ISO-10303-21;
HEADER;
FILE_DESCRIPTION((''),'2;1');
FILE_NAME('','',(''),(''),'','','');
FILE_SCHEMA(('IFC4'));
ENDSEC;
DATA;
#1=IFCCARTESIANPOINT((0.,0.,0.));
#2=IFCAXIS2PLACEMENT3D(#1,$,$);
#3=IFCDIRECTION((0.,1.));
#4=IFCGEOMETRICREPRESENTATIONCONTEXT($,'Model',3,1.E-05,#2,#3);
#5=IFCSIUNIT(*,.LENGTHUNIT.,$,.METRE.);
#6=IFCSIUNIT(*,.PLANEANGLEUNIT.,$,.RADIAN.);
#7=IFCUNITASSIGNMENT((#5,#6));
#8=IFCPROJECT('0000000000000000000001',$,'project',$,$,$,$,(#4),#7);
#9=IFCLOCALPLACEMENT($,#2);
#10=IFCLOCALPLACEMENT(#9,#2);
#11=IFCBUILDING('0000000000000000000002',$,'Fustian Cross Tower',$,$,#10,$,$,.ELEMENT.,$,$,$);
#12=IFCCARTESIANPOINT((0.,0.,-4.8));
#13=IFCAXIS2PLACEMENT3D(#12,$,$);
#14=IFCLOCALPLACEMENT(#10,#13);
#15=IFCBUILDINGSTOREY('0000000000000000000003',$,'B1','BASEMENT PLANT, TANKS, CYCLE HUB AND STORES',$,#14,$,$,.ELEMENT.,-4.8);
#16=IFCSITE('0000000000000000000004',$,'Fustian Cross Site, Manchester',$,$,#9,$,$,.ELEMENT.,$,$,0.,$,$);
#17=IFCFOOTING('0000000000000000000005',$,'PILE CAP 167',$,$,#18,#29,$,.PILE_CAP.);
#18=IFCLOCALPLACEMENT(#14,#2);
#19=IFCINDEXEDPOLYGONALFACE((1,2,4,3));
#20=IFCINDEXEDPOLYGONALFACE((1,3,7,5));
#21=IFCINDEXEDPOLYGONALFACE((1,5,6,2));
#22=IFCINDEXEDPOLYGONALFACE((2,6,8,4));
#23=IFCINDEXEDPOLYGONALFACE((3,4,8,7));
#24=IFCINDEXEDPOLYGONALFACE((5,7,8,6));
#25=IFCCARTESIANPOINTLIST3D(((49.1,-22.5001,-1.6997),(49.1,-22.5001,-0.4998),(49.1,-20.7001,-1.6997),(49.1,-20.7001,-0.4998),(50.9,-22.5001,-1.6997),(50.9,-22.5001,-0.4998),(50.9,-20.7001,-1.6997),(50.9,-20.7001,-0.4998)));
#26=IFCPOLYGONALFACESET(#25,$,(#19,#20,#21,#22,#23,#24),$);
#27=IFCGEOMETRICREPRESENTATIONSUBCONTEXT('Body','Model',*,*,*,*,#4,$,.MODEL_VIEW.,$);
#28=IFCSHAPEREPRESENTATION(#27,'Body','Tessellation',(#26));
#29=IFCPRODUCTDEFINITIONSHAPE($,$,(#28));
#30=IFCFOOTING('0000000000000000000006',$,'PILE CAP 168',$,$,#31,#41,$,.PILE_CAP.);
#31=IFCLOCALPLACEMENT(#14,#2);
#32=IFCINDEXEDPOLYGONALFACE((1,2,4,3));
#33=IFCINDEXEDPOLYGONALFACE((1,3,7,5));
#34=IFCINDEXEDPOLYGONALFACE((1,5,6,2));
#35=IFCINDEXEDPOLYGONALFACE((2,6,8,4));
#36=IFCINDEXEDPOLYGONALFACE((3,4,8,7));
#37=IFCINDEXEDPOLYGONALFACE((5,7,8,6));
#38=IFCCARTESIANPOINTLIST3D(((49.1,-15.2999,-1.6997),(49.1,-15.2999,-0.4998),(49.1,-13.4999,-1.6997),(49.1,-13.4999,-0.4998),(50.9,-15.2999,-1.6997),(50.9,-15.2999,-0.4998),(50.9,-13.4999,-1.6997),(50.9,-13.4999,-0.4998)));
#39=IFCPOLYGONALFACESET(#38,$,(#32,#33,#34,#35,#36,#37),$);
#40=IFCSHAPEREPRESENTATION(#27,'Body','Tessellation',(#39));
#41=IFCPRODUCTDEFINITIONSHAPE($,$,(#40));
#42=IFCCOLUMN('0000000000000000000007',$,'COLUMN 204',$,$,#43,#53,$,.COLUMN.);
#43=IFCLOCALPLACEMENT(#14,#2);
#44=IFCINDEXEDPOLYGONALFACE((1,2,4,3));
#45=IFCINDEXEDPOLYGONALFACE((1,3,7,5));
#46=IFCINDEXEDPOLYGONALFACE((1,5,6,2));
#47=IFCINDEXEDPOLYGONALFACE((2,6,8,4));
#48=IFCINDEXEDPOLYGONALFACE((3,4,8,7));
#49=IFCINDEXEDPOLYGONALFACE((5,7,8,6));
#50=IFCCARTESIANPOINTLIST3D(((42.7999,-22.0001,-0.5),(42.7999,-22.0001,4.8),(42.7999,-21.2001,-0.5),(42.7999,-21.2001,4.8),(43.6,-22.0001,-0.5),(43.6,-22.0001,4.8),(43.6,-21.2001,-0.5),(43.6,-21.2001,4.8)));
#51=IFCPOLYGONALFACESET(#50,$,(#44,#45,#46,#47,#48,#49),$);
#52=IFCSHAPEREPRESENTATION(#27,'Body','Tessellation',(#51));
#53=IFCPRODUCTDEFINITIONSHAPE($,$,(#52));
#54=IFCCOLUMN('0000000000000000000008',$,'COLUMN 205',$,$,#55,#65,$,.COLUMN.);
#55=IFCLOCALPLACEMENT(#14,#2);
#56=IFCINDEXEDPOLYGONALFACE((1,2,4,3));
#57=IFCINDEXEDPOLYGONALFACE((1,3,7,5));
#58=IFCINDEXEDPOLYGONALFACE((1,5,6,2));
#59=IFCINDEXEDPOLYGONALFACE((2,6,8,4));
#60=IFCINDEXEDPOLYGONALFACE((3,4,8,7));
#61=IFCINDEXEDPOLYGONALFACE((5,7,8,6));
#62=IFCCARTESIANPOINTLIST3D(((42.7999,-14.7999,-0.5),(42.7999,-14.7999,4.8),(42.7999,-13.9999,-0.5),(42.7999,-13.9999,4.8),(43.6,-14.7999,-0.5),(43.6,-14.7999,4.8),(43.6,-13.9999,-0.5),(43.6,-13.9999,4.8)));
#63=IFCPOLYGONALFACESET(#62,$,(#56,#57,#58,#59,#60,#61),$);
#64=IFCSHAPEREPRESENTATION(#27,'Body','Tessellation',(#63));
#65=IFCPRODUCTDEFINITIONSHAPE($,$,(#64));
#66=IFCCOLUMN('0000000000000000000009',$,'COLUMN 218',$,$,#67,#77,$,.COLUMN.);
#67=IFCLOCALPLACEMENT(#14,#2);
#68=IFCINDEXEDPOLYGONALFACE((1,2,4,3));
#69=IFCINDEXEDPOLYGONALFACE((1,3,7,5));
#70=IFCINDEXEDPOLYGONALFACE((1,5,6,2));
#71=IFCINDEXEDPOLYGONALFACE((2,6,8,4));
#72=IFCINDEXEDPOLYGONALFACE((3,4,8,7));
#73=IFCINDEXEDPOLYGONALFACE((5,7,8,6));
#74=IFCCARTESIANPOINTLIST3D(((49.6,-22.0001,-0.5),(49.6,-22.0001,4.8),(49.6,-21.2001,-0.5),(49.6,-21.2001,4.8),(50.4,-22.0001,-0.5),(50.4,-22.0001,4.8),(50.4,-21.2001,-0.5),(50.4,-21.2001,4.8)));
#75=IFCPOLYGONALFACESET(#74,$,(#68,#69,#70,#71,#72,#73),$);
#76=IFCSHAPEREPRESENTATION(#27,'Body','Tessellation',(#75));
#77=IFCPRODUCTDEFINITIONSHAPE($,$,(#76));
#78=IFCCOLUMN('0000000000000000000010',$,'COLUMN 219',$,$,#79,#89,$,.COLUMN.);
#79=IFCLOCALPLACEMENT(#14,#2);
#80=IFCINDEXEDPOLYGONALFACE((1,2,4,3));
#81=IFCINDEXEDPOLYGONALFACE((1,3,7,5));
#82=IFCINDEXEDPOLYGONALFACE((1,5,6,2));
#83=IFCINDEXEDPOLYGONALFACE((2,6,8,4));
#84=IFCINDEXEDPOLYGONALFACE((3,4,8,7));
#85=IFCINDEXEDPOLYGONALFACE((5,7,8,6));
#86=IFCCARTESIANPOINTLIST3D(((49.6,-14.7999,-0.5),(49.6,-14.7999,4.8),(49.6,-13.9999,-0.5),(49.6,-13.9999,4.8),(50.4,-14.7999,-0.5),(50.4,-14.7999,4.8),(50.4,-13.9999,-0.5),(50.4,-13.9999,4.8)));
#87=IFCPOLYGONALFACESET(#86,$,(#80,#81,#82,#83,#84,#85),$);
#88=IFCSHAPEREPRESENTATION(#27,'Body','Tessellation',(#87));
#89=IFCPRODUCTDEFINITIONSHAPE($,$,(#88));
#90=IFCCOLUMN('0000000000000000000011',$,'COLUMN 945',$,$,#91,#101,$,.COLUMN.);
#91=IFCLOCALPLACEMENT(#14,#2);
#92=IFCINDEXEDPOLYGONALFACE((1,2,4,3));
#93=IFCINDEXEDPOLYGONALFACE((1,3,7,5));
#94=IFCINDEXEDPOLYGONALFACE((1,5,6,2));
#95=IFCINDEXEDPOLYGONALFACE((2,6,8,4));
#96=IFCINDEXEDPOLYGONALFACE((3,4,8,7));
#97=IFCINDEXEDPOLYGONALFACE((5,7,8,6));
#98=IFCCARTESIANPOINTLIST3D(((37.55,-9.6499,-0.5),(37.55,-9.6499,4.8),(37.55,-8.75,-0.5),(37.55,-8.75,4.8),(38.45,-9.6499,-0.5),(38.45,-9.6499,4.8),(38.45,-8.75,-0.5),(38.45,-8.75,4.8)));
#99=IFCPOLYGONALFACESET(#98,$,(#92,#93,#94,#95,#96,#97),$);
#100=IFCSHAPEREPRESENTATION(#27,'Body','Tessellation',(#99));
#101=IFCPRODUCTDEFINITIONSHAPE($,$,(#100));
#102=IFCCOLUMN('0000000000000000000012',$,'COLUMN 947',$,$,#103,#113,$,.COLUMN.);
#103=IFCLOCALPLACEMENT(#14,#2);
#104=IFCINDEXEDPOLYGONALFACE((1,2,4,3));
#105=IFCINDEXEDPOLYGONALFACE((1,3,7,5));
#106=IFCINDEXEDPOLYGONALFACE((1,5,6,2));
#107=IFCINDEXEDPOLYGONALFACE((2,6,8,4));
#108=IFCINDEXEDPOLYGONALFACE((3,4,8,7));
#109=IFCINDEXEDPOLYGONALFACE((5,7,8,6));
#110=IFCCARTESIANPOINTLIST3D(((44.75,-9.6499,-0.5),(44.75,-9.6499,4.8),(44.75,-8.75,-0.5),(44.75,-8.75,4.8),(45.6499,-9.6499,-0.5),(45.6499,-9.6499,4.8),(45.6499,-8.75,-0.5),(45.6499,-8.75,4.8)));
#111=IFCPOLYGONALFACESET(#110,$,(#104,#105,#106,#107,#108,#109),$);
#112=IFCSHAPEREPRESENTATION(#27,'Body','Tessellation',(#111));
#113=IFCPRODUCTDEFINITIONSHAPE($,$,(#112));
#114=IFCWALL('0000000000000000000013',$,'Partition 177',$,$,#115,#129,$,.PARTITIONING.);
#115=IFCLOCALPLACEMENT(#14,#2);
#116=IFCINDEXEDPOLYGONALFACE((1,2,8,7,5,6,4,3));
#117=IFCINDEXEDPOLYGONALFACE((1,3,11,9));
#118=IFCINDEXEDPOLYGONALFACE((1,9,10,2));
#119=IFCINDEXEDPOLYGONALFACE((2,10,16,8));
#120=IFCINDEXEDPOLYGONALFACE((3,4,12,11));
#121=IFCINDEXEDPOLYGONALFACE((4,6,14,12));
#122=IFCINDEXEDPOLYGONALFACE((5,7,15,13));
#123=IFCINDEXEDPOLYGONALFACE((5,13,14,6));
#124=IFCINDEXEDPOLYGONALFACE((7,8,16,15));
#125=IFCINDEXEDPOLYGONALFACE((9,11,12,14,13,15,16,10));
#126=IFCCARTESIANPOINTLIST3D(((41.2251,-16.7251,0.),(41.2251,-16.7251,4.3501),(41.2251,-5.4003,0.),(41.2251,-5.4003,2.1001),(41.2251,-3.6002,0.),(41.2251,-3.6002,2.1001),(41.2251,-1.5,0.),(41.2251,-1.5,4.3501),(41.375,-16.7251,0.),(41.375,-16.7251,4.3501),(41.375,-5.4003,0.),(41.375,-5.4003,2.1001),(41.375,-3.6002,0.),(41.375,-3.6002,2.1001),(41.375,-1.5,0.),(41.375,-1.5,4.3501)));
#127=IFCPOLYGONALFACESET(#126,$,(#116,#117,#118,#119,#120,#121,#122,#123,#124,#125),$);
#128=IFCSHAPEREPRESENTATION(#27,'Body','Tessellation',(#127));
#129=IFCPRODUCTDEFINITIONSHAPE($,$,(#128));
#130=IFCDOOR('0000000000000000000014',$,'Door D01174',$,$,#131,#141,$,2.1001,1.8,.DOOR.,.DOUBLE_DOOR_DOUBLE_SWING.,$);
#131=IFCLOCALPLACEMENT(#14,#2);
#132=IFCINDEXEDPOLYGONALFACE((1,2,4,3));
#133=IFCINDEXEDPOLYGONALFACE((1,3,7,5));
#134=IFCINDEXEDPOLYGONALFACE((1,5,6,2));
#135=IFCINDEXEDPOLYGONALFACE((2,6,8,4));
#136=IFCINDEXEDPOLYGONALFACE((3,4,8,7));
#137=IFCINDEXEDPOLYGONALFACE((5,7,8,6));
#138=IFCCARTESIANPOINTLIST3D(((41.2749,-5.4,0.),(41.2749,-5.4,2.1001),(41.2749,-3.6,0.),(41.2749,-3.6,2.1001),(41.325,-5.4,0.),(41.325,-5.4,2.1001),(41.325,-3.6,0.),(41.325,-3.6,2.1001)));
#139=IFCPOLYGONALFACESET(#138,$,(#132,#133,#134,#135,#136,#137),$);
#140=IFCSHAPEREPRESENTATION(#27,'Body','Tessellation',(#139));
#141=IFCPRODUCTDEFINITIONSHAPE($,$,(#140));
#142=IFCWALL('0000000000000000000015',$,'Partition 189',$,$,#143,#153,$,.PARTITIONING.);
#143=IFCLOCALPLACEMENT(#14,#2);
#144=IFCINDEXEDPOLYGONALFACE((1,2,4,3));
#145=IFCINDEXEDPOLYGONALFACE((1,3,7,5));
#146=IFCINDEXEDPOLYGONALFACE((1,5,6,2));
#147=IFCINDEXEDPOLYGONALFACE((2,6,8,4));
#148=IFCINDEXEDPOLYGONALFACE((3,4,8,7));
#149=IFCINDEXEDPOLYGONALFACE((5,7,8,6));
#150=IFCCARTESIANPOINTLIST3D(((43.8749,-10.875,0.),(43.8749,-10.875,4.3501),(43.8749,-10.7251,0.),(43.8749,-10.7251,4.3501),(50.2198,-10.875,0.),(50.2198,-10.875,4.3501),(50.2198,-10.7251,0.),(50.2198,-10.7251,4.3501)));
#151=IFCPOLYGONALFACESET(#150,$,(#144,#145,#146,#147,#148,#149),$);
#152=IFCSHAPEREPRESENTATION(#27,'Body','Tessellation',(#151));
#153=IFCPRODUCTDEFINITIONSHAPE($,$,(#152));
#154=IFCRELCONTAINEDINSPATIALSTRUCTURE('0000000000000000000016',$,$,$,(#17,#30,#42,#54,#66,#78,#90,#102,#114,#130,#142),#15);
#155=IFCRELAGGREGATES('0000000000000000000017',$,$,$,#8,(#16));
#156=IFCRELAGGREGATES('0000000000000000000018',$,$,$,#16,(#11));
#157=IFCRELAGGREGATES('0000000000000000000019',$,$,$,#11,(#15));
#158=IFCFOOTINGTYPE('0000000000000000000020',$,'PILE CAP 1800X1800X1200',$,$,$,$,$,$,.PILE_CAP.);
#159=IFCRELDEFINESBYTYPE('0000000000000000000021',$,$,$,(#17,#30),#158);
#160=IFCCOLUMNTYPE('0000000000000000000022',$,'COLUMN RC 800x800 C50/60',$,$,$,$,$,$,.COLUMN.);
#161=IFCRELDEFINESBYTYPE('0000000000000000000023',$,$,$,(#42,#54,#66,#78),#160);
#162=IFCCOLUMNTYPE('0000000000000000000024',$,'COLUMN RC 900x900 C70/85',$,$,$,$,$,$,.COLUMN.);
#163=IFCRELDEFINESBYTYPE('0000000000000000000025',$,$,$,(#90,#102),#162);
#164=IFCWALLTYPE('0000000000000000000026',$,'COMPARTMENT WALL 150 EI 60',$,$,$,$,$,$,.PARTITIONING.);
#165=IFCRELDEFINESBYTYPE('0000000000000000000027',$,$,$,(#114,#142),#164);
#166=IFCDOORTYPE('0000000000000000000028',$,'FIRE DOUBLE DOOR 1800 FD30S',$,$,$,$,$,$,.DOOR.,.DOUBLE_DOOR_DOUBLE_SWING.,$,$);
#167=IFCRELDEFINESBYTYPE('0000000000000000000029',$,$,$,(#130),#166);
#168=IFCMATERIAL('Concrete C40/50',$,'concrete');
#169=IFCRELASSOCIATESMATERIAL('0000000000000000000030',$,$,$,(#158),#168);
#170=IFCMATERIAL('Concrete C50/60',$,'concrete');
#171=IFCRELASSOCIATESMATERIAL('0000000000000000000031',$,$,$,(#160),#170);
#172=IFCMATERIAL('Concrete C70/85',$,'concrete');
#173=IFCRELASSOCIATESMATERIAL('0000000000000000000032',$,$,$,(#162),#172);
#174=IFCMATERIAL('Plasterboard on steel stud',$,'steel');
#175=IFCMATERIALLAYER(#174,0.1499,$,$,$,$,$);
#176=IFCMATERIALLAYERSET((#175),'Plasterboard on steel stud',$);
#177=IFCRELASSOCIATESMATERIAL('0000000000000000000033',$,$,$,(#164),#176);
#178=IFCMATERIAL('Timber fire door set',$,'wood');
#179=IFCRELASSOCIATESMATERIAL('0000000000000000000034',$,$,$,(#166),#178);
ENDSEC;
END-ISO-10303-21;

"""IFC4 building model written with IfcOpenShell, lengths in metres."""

from ifc_helpers import new_model, si_unit, direction, frame, frame_2d, origin, origin_2d, place, context, subcontext, project, spatial, rectangle, extrude, material, layer, layer_set, material_profile, profile_set, type_object, element, fill, save


model = new_model("IFC4")

# Units and contexts
model_context = context("Model", 3, precision=1e-05, world=origin(), true_north=direction((0.0, 1.0)))
body_context = subcontext(model_context, "Body", "Model", "MODEL_VIEW")
ifc_project = project(units=[si_unit("LENGTHUNIT", "METRE"), si_unit("PLANEANGLEUNIT", "RADIAN")], contexts=[model_context])

# Site, building, storey
site_placement = place(None, origin())
site = spatial("IfcSite", under=ifc_project, at=site_placement, Name="Fustian Cross Site, Manchester", CompositionType="ELEMENT", RefElevation=0.0)
building_placement = place(site_placement, origin())
building = spatial("IfcBuilding", under=site, at=building_placement, Name="Fustian Cross Tower", CompositionType="ELEMENT")
storey_placement = place(building_placement, frame((0.0, 0.0, -4.8)))
storey = spatial("IfcBuildingStorey", under=building, at=storey_placement, Name="B1", Description="BASEMENT PLANT, TANKS, CYCLE HUB AND STORES", CompositionType="ELEMENT", Elevation=-4.8)

# Footings
ifc_material_1 = material(Name="Concrete C40/50", Category="concrete")
footing_type_1 = type_object("IfcFootingType", Name="PILE CAP 1800X1800X1200", PredefinedType="PILE_CAP", material=ifc_material_1)
for number, where, z_axis, x_axis, name in (
    (1, (50.0, -21.6001, -1.6997), (0.0, 0.0, 1.0), (1.0, 0.0, 0.0), "PILE CAP 167"),
    (2, (50.0, -14.3999, -1.6997), (0.0, 0.0, 1.0), (1.0, 0.0, 0.0), "PILE CAP 168"),
):
    element("IfcFooting", number, at=place(storey_placement, frame(where, z_axis=z_axis, x_axis=x_axis)), inside=storey, type_object=footing_type_1, Name=name, PredefinedType="PILE_CAP", context=body_context, shape_type="SweptSolid", body=[
        extrude(rectangle(XDim=1.8, YDim=1.8, at=origin_2d()), origin(), (0.0, 0.0, 1.0), 1.2),
    ])

# Columns
ifc_material_2 = material(Name="Concrete C50/60", Category="concrete")
ifc_material_profile_1 = material_profile(ifc_material_2, rectangle(XDim=0.8, YDim=0.8, at=origin_2d()), Name="RC 800x800")
ifc_profile_set_1 = profile_set([ifc_material_profile_1], Name="Concrete C50/60")
column_type_1 = type_object("IfcColumnType", Name="COLUMN RC 800x800 C50/60", PredefinedType="COLUMN", material=ifc_profile_set_1)
for number, where, z_axis, x_axis, name in (
    (3, (43.2, -21.6001, -0.5), (0.0, 0.0, 1.0), (1.0, 0.0, 0.0), "COLUMN 204"),
    (4, (43.2, -14.3999, -0.5), (0.0, 0.0, 1.0), (1.0, 0.0, 0.0), "COLUMN 205"),
    (5, (50.0, -21.6001, -0.5), (0.0, 0.0, 1.0), (1.0, 0.0, 0.0), "COLUMN 218"),
    (6, (50.0, -14.3999, -0.5), (0.0, 0.0, 1.0), (1.0, 0.0, 0.0), "COLUMN 219"),
):
    element("IfcColumn", number, at=place(storey_placement, frame(where, z_axis=z_axis, x_axis=x_axis)), inside=storey, type_object=column_type_1, Name=name, PredefinedType="COLUMN", context=body_context, shape_type="SweptSolid", body=[
        extrude(rectangle(XDim=0.8, YDim=0.8, at=origin_2d()), origin(), (0.0, 0.0, 1.0), 5.3),
    ])
ifc_material_3 = material(Name="Concrete C70/85", Category="concrete")
ifc_material_profile_2 = material_profile(ifc_material_3, rectangle(XDim=0.8999, YDim=0.8999, at=origin_2d()), Name="RC 900x900")
ifc_profile_set_2 = profile_set([ifc_material_profile_2], Name="Concrete C70/85")
column_type_2 = type_object("IfcColumnType", Name="COLUMN RC 900x900 C70/85", PredefinedType="COLUMN", material=ifc_profile_set_2)
for number, where, z_axis, x_axis, name in (
    (7, (38.0, -9.2, -0.5), (0.0, 0.0, 1.0), (1.0, 0.0, 0.0), "COLUMN 945"),
    (8, (45.2, -9.2, -0.5), (0.0, 0.0, 1.0), (1.0, 0.0, 0.0), "COLUMN 947"),
):
    element("IfcColumn", number, at=place(storey_placement, frame(where, z_axis=z_axis, x_axis=x_axis)), inside=storey, type_object=column_type_2, Name=name, PredefinedType="COLUMN", context=body_context, shape_type="SweptSolid", body=[
        extrude(rectangle(XDim=0.8999, YDim=0.8999, at=origin_2d()), origin(), (0.0, 0.0, 1.0), 5.3),
    ])

# Wall, opening, door
ifc_material_4 = material(Name="Plasterboard on steel stud", Category="steel")
ifc_layer = layer(ifc_material_4, 0.1499)
ifc_layer_set = layer_set([ifc_layer], Name="Plasterboard on steel stud")
wall_type = type_object("IfcWallType", Name="COMPARTMENT WALL 150 EI 60", PredefinedType="PARTITIONING", material=ifc_layer_set)
wall_1_placement = place(storey_placement, frame((41.3, -16.7251, 0.0), z_axis=(0.0, 0.0, 1.0), x_axis=(0.0, 1.0, 0.0)))
wall_1 = element("IfcWall", 9, at=wall_1_placement, inside=storey, type_object=wall_type, Name="Partition 177", PredefinedType="PARTITIONING", context=body_context, shape_type="SweptSolid", body=[
    extrude(rectangle(XDim=15.2251, YDim=0.1499, at=frame_2d((7.6125, 0.0))), origin(), (0.0, 0.0, 1.0), 4.3501),
])
opening_placement = place(wall_1_placement, frame((11.325, 0.0, 0.0)))
opening = element("IfcOpeningElement", 10, at=opening_placement, cuts=wall_1, PredefinedType="OPENING", context=body_context, shape_type="SweptSolid", body=[
    extrude(rectangle(XDim=1.8, YDim=2.1001, at=frame_2d((0.8999, 1.05))), frame((0.0, 0.085, 0.0), z_axis=(0.0, -1.0, 0.0), x_axis=(1.0, 0.0, 0.0)), (0.0, 0.0, 1.0), 0.1699),
])
ifc_material_5 = material(Name="Timber fire door set", Category="wood")
door_type = type_object("IfcDoorType", Name="FIRE DOUBLE DOOR 1800 FD30S", OperationType="DOUBLE_DOOR_DOUBLE_SWING", PredefinedType="DOOR", material=ifc_material_5)
door_placement = place(opening_placement, frame((1.8, 0.0, 0.0), z_axis=(0.0, 0.0, 1.0), x_axis=(-1.0, 0.0, 0.0)))
door = element("IfcDoor", 11, at=door_placement, inside=storey, type_object=door_type, Name="Door D01174", OperationType="DOUBLE_DOOR_DOUBLE_SWING", OverallHeight=2.1001, OverallWidth=1.8, PredefinedType="DOOR", context=body_context, shape_type="SweptSolid", body=[
    extrude(rectangle(XDim=1.8, YDim=2.1001, at=frame_2d((0.8999, 1.05))), frame((0.0, 0.0249, 0.0), z_axis=(0.0, -1.0, 0.0), x_axis=(1.0, 0.0, 0.0)), (0.0, 0.0, 1.0), 0.05),
])
fill(opening, door)

# Wall
wall_2_placement = place(storey_placement, frame((43.875, -10.8, 0.0), z_axis=(0.0, 0.0, 1.0), x_axis=(1.0, 0.0, 0.0)))
element("IfcWall", 12, at=wall_2_placement, inside=storey, type_object=wall_type, Name="Partition 189", PredefinedType="PARTITIONING", context=body_context, shape_type="SweptSolid", body=[
    extrude(rectangle(XDim=6.345, YDim=0.1499, at=frame_2d((3.1724, 0.0))), origin(), (0.0, 0.0, 1.0), 4.3501),
])

save(model, "model.ifc")
